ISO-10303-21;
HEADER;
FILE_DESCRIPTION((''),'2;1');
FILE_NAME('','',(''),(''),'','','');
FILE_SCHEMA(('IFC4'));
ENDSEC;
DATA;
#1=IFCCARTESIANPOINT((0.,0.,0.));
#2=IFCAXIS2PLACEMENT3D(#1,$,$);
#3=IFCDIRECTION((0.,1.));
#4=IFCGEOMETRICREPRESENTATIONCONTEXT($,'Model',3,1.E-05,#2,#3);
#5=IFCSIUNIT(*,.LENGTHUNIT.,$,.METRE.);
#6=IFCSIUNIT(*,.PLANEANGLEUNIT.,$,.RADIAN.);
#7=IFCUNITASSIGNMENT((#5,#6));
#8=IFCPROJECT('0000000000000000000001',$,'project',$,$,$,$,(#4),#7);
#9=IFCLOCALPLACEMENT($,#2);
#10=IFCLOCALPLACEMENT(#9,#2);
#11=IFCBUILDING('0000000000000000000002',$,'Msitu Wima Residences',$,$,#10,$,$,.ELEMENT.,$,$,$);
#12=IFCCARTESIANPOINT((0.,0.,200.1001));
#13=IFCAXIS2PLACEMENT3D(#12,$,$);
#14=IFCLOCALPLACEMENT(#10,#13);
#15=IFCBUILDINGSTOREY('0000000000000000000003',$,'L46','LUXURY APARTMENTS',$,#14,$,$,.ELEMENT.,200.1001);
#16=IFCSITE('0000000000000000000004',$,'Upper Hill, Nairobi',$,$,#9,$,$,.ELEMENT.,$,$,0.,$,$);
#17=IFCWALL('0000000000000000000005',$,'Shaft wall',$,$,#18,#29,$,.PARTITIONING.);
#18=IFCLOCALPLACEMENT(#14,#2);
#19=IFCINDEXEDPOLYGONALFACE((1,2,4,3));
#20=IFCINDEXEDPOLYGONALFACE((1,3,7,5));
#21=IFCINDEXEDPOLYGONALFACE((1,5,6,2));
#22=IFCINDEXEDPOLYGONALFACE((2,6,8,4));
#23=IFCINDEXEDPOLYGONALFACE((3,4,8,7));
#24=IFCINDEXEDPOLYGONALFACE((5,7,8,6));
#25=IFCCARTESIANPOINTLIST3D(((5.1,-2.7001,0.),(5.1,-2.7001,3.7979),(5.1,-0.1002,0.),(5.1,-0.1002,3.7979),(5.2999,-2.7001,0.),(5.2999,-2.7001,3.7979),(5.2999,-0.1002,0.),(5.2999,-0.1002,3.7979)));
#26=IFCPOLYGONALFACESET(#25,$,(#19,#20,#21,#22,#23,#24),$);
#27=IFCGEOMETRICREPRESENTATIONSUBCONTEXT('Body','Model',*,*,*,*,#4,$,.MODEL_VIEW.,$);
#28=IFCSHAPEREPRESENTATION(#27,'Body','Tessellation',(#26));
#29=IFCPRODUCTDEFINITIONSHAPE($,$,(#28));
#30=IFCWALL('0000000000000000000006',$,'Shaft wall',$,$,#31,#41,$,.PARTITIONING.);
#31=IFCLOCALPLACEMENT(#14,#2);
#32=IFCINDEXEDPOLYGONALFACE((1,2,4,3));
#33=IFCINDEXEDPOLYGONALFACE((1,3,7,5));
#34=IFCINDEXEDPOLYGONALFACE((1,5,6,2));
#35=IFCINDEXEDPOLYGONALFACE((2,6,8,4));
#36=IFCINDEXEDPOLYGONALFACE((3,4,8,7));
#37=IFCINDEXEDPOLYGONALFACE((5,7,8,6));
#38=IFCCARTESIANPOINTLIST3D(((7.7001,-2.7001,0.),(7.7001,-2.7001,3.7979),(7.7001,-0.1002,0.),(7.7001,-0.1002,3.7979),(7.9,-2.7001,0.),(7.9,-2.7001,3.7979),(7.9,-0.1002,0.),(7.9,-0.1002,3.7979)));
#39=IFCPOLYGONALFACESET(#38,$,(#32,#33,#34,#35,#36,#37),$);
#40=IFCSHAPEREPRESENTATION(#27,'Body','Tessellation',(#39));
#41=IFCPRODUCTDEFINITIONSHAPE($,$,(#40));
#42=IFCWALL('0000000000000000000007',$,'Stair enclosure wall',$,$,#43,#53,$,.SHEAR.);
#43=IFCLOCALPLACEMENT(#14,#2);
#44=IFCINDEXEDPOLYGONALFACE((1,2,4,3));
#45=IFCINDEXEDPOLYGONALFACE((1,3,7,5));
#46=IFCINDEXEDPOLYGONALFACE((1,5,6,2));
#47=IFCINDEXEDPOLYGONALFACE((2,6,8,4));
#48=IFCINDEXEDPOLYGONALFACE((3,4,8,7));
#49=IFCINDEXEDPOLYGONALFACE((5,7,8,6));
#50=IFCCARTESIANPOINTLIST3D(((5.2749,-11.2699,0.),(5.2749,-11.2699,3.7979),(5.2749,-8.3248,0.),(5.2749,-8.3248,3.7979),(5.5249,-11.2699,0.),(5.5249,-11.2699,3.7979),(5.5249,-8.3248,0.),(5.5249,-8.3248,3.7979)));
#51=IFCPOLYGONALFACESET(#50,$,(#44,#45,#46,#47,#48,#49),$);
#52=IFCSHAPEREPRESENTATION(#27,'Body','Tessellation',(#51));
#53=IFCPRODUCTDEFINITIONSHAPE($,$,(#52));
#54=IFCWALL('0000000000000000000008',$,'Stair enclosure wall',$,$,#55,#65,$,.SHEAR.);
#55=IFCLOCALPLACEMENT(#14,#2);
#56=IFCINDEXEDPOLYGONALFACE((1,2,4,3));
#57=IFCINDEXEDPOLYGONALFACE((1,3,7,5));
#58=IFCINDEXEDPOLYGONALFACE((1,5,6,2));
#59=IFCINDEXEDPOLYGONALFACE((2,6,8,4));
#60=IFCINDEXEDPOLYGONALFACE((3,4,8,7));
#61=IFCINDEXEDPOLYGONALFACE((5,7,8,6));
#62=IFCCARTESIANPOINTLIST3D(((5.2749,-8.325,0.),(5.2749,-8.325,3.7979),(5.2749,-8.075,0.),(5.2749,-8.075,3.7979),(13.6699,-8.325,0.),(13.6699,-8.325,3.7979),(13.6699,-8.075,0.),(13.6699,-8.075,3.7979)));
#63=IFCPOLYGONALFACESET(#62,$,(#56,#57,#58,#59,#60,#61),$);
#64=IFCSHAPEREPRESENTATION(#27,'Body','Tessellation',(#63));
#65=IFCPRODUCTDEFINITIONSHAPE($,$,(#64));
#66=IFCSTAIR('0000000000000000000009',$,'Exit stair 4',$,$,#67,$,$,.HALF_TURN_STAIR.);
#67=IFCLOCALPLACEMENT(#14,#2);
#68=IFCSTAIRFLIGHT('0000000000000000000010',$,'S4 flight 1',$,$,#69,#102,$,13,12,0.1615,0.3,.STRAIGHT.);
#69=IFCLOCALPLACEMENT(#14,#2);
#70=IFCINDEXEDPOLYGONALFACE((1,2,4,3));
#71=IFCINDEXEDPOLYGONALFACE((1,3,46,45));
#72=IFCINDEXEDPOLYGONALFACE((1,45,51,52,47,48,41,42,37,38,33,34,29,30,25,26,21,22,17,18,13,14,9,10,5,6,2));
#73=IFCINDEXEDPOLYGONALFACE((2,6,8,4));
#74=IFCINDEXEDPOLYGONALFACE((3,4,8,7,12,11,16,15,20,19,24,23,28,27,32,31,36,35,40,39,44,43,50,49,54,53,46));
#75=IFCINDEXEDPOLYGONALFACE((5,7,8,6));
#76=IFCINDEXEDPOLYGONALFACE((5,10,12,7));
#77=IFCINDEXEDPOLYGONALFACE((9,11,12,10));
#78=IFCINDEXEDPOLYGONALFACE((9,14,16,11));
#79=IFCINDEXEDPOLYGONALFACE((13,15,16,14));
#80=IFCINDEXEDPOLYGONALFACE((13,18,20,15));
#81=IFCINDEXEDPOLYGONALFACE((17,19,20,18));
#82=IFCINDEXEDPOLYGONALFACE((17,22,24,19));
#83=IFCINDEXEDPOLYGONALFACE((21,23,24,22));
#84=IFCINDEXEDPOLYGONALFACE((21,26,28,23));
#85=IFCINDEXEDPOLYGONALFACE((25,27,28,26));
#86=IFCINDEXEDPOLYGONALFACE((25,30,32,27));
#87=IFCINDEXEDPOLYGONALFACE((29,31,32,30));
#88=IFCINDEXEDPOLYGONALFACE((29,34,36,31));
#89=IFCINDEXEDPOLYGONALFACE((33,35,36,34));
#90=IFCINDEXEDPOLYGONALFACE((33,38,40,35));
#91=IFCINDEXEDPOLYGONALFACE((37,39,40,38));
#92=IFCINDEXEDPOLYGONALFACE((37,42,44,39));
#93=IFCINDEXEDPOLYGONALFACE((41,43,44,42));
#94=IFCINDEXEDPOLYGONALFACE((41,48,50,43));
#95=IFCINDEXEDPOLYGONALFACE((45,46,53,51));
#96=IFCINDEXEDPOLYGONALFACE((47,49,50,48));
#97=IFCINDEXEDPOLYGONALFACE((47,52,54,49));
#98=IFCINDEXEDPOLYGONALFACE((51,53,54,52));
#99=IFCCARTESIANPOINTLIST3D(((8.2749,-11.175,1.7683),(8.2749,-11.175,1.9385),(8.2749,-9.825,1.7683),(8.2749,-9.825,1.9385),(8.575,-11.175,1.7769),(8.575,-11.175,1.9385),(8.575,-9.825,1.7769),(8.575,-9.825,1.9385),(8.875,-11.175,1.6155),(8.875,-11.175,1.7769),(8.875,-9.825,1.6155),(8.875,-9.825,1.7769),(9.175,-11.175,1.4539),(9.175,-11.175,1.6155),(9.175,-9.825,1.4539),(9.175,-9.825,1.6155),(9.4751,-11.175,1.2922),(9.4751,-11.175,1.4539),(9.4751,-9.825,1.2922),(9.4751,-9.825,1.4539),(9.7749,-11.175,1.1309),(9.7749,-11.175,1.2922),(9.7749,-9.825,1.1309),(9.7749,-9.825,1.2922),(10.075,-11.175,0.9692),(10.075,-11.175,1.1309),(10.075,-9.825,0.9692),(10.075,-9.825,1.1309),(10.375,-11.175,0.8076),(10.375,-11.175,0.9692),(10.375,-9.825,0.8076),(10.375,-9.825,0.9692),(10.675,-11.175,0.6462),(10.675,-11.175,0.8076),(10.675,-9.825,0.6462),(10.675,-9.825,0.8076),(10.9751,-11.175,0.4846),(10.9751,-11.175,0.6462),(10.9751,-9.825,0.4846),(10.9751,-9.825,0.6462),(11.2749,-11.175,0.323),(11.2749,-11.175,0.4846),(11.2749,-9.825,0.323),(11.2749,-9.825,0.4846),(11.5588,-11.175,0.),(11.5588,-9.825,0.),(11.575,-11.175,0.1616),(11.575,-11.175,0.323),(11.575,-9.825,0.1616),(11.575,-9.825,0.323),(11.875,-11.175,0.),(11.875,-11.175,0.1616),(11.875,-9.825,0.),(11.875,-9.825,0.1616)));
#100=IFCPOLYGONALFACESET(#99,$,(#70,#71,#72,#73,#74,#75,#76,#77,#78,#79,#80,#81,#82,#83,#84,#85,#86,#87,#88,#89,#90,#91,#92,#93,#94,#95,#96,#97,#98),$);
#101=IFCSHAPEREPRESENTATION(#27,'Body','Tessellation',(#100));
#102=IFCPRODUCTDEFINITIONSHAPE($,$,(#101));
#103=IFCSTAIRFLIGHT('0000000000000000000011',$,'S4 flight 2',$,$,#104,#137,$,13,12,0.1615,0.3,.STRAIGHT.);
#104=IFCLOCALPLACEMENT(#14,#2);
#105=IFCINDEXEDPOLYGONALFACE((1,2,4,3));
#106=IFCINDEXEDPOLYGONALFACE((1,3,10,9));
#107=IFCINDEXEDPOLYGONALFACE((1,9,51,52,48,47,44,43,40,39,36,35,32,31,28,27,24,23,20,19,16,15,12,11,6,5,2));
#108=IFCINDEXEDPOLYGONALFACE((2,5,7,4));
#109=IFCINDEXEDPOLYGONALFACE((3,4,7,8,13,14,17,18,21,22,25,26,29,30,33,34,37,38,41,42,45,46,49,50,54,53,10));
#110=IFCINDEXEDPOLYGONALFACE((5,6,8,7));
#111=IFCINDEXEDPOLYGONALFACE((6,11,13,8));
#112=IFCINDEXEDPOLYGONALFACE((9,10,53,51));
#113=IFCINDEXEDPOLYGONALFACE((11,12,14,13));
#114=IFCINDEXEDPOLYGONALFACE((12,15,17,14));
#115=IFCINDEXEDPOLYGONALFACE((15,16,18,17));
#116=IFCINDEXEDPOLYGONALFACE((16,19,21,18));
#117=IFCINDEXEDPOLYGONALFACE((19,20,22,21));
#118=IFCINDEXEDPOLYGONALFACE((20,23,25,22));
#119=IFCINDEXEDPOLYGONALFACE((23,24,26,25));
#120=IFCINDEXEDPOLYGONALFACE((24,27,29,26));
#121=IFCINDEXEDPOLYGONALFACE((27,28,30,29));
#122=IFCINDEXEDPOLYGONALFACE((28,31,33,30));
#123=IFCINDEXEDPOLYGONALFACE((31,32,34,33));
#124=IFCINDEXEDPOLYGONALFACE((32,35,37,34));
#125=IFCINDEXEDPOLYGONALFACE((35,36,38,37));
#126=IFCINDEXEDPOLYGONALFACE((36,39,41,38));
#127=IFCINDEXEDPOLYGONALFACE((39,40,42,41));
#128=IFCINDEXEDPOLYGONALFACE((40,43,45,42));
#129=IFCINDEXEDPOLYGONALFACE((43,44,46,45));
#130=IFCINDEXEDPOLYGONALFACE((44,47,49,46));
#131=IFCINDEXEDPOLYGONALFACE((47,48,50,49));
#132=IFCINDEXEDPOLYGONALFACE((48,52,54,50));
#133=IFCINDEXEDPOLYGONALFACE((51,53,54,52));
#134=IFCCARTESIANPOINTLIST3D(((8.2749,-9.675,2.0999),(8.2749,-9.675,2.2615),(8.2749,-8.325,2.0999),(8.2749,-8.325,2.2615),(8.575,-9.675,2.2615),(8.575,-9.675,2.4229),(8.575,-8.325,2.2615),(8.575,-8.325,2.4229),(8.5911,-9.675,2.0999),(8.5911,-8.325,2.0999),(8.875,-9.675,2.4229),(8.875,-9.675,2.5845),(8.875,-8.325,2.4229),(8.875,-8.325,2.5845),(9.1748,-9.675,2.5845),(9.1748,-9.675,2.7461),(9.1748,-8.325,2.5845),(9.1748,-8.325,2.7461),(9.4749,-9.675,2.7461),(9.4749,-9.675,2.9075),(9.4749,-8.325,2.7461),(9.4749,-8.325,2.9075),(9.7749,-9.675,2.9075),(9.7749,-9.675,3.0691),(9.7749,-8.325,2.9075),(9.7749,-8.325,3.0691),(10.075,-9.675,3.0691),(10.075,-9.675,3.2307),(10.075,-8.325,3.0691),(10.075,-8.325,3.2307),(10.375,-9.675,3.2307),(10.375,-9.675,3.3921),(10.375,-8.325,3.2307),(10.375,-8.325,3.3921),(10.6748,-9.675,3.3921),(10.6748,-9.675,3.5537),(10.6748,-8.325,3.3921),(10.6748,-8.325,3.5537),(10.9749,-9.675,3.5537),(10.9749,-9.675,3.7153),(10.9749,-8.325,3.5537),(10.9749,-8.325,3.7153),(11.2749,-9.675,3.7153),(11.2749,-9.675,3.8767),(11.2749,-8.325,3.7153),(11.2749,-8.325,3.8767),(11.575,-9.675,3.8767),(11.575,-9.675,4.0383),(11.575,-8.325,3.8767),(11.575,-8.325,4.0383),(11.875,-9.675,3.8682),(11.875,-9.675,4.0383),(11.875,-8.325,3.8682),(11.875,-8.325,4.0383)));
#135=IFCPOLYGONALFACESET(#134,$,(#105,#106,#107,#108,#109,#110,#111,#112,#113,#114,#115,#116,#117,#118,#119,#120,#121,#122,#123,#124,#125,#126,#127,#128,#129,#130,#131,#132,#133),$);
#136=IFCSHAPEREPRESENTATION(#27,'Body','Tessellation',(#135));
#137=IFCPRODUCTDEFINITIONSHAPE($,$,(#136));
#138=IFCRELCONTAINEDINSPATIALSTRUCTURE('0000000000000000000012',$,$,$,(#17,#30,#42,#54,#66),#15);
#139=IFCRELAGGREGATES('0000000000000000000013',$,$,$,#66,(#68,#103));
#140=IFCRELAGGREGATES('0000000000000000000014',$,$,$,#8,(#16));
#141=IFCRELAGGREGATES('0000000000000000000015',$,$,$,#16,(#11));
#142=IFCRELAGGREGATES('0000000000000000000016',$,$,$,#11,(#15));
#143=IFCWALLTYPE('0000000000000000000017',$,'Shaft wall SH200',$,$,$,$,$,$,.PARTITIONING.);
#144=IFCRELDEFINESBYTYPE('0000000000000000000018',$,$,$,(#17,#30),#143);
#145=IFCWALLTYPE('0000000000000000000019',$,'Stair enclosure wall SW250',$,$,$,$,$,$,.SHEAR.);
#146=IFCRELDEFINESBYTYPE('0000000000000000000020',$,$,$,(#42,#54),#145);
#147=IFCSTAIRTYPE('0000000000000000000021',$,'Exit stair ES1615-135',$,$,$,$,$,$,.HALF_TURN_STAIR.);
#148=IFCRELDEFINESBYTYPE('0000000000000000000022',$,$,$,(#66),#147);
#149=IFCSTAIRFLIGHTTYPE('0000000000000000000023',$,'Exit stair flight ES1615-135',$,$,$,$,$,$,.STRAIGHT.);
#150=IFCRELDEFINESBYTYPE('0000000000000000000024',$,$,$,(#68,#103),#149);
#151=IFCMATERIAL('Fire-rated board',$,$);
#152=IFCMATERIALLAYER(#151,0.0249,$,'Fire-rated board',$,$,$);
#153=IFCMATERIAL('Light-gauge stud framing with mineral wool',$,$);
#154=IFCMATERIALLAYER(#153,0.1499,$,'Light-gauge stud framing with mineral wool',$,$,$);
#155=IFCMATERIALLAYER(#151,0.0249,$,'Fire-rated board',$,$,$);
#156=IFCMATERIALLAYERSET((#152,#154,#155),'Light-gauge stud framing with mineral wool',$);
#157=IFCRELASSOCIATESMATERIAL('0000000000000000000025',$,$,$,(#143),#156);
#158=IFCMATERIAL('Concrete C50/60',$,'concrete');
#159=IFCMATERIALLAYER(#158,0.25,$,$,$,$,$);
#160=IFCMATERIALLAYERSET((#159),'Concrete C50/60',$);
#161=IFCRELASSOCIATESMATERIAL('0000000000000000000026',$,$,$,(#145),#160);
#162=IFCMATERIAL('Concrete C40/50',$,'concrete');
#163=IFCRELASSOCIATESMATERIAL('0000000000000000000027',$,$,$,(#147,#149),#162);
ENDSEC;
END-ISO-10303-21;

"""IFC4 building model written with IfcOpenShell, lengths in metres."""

from ifc_helpers import new_model, si_unit, direction, frame, frame_2d, origin, place, context, subcontext, project, spatial, polyline, rectangle, outline, extrude, material, layer, layer_set, type_object, element, aggregate, save


model = new_model("IFC4")

# Units and contexts
model_context = context("Model", 3, precision=1e-05, world=origin(), true_north=direction((0.0, 1.0)))
body_context = subcontext(model_context, "Body", "Model", "MODEL_VIEW")
ifc_project = project(units=[si_unit("LENGTHUNIT", "METRE"), si_unit("PLANEANGLEUNIT", "RADIAN")], contexts=[model_context])

# Site, building, storey
site_placement = place(None, origin())
site = spatial("IfcSite", under=ifc_project, at=site_placement, Name="Upper Hill, Nairobi", CompositionType="ELEMENT", RefElevation=0.0)
building_placement = place(site_placement, origin())
building = spatial("IfcBuilding", under=site, at=building_placement, Name="Msitu Wima Residences", CompositionType="ELEMENT")
storey_placement = place(building_placement, frame((0.0, 0.0, 200.1001)))
storey = spatial("IfcBuildingStorey", under=building, at=storey_placement, Name="L46", Description="LUXURY APARTMENTS", CompositionType="ELEMENT", Elevation=200.1001)

# Shared definitions
ifc_material_1 = material(Name="Concrete C40/50", Category="concrete")

# Walls
ifc_material_2 = material(Name="Fire-rated board")
ifc_layer_1 = layer(ifc_material_2, 0.0249, Name="Fire-rated board")
ifc_material_3 = material(Name="Light-gauge stud framing with mineral wool")
ifc_layer_2 = layer(ifc_material_3, 0.1499, Name="Light-gauge stud framing with mineral wool")
ifc_layer_3 = layer(ifc_material_2, 0.0249, Name="Fire-rated board")
ifc_layer_set_1 = layer_set([ifc_layer_1, ifc_layer_2, ifc_layer_3], Name="Light-gauge stud framing with mineral wool")
wall_type_1 = type_object("IfcWallType", Name="Shaft wall SH200", PredefinedType="PARTITIONING", material=ifc_layer_set_1)
for number, where, z_axis, x_axis, name in (
    (1, (5.2, -2.7, 0.0), (0.0, 0.0, 1.0), (0.0, 1.0, 0.0), "Shaft wall"),
    (2, (7.8, -2.7, 0.0), (0.0, 0.0, 1.0), (0.0, 1.0, 0.0), "Shaft wall"),
):
    element("IfcWall", number, at=place(storey_placement, frame(where, z_axis=z_axis, x_axis=x_axis)), inside=storey, type_object=wall_type_1, Name=name, PredefinedType="PARTITIONING", context=body_context, shape_type="SweptSolid", body=[
        extrude(rectangle(XDim=2.5999, YDim=0.2, at=frame_2d((1.2998, 0.0))), origin(), (0.0, 0.0, 1.0), 3.7979),
    ])
ifc_material_4 = material(Name="Concrete C50/60", Category="concrete")
ifc_layer_4 = layer(ifc_material_4, 0.25)
ifc_layer_set_2 = layer_set([ifc_layer_4], Name="Concrete C50/60")
wall_type_2 = type_object("IfcWallType", Name="Stair enclosure wall SW250", PredefinedType="SHEAR", material=ifc_layer_set_2)
wall_1_placement = place(storey_placement, frame((5.3999, -11.27, 0.0), z_axis=(0.0, 0.0, 1.0), x_axis=(0.0, 1.0, 0.0)))
element("IfcWall", 3, at=wall_1_placement, inside=storey, type_object=wall_type_2, Name="Stair enclosure wall", PredefinedType="SHEAR", context=body_context, shape_type="SweptSolid", body=[
    extrude(rectangle(XDim=2.9451, YDim=0.25, at=frame_2d((1.4727, 0.0))), origin(), (0.0, 0.0, 1.0), 3.7979),
])
wall_2_placement = place(storey_placement, frame((5.2749, -8.2, 0.0), z_axis=(0.0, 0.0, 1.0), x_axis=(1.0, 0.0, 0.0)))
element("IfcWall", 4, at=wall_2_placement, inside=storey, type_object=wall_type_2, Name="Stair enclosure wall", PredefinedType="SHEAR", context=body_context, shape_type="SweptSolid", body=[
    extrude(rectangle(XDim=8.395, YDim=0.25, at=frame_2d((4.1975, 0.0))), origin(), (0.0, 0.0, 1.0), 3.7979),
])

# Stair, stair flights
stair_type = type_object("IfcStairType", Name="Exit stair ES1615-135", PredefinedType="HALF_TURN_STAIR", material=ifc_material_1)
stair_placement = place(storey_placement, origin())
stair = element("IfcStair", 5, at=stair_placement, inside=storey, type_object=stair_type, Name="Exit stair 4", PredefinedType="HALF_TURN_STAIR")
stair_flight_type = type_object("IfcStairFlightType", Name="Exit stair flight ES1615-135", PredefinedType="STRAIGHT", material=ifc_material_1)
stair_flight_1_placement = place(storey_placement, frame((11.875, -10.5, 0.0), z_axis=(0.0, 0.0, 1.0), x_axis=(-1.0, 0.0, 0.0)))
stair_flight_1 = element("IfcStairFlight", 6, at=stair_flight_1_placement, type_object=stair_flight_type, Name="S4 flight 1", NumberOfRisers=13, NumberOfTreads=12, PredefinedType="STRAIGHT", RiserHeight=0.1615, TreadLength=0.3, context=body_context, shape_type="SweptSolid", body=[
    extrude(outline(polyline([(0.0, 0.0), (0.0, 0.1616), (0.3, 0.1616), (0.3, 0.323), (0.6001, 0.323), (0.6001, 0.4846), (0.8999, 0.4846), (0.8999, 0.6462), (1.2, 0.6462), (1.2, 0.8076), (1.5, 0.8076), (1.5, 0.9692), (1.8, 0.9692), (1.8, 1.1309), (2.1001, 1.1309), (2.1001, 1.2922), (2.3999, 1.2922), (2.3999, 1.4539), (2.7, 1.4539), (2.7, 1.6155), (3.0, 1.6155), (3.0, 1.7769), (3.3, 1.7769), (3.3, 1.9385), (3.6001, 1.9385), (3.6001, 2.1001), (3.6001, 1.7683), (0.3162, 0.0), (0.0, 0.0)])), frame((0.0, 0.675, 0.0), z_axis=(0.0, -1.0, 0.0), x_axis=(1.0, 0.0, 0.0)), (0.0, 0.0, 1.0), 1.3501),
])
stair_flight_2_placement = place(storey_placement, frame((8.2749, -9.0, 2.0999), z_axis=(0.0, 0.0, 1.0), x_axis=(1.0, 0.0, 0.0)))
stair_flight_2 = element("IfcStairFlight", 7, at=stair_flight_2_placement, type_object=stair_flight_type, Name="S4 flight 2", NumberOfRisers=13, NumberOfTreads=12, PredefinedType="STRAIGHT", RiserHeight=0.1615, TreadLength=0.3, context=body_context, shape_type="SweptSolid", body=[
    extrude(outline(polyline([(0.0, 0.0), (0.0, 0.1616), (0.3, 0.1616), (0.3, 0.323), (0.6001, 0.323), (0.6001, 0.4846), (0.8999, 0.4846), (0.8999, 0.6462), (1.2, 0.6462), (1.2, 0.8076), (1.5, 0.8076), (1.5, 0.9692), (1.8, 0.9692), (1.8, 1.1309), (2.1001, 1.1309), (2.1001, 1.2922), (2.3999, 1.2922), (2.3999, 1.4539), (2.7, 1.4539), (2.7, 1.6155), (3.0, 1.6155), (3.0, 1.7769), (3.3, 1.7769), (3.3, 1.9385), (3.6001, 1.9385), (3.6001, 2.1001), (3.6001, 1.7683), (0.3162, 0.0), (0.0, 0.0)])), frame((0.0, 0.675, 0.0), z_axis=(0.0, -1.0, 0.0), x_axis=(1.0, 0.0, 0.0)), (0.0, 0.0, 1.0), 1.3501),
])
aggregate(stair, [stair_flight_1, stair_flight_2])

save(model, "model.ifc")
